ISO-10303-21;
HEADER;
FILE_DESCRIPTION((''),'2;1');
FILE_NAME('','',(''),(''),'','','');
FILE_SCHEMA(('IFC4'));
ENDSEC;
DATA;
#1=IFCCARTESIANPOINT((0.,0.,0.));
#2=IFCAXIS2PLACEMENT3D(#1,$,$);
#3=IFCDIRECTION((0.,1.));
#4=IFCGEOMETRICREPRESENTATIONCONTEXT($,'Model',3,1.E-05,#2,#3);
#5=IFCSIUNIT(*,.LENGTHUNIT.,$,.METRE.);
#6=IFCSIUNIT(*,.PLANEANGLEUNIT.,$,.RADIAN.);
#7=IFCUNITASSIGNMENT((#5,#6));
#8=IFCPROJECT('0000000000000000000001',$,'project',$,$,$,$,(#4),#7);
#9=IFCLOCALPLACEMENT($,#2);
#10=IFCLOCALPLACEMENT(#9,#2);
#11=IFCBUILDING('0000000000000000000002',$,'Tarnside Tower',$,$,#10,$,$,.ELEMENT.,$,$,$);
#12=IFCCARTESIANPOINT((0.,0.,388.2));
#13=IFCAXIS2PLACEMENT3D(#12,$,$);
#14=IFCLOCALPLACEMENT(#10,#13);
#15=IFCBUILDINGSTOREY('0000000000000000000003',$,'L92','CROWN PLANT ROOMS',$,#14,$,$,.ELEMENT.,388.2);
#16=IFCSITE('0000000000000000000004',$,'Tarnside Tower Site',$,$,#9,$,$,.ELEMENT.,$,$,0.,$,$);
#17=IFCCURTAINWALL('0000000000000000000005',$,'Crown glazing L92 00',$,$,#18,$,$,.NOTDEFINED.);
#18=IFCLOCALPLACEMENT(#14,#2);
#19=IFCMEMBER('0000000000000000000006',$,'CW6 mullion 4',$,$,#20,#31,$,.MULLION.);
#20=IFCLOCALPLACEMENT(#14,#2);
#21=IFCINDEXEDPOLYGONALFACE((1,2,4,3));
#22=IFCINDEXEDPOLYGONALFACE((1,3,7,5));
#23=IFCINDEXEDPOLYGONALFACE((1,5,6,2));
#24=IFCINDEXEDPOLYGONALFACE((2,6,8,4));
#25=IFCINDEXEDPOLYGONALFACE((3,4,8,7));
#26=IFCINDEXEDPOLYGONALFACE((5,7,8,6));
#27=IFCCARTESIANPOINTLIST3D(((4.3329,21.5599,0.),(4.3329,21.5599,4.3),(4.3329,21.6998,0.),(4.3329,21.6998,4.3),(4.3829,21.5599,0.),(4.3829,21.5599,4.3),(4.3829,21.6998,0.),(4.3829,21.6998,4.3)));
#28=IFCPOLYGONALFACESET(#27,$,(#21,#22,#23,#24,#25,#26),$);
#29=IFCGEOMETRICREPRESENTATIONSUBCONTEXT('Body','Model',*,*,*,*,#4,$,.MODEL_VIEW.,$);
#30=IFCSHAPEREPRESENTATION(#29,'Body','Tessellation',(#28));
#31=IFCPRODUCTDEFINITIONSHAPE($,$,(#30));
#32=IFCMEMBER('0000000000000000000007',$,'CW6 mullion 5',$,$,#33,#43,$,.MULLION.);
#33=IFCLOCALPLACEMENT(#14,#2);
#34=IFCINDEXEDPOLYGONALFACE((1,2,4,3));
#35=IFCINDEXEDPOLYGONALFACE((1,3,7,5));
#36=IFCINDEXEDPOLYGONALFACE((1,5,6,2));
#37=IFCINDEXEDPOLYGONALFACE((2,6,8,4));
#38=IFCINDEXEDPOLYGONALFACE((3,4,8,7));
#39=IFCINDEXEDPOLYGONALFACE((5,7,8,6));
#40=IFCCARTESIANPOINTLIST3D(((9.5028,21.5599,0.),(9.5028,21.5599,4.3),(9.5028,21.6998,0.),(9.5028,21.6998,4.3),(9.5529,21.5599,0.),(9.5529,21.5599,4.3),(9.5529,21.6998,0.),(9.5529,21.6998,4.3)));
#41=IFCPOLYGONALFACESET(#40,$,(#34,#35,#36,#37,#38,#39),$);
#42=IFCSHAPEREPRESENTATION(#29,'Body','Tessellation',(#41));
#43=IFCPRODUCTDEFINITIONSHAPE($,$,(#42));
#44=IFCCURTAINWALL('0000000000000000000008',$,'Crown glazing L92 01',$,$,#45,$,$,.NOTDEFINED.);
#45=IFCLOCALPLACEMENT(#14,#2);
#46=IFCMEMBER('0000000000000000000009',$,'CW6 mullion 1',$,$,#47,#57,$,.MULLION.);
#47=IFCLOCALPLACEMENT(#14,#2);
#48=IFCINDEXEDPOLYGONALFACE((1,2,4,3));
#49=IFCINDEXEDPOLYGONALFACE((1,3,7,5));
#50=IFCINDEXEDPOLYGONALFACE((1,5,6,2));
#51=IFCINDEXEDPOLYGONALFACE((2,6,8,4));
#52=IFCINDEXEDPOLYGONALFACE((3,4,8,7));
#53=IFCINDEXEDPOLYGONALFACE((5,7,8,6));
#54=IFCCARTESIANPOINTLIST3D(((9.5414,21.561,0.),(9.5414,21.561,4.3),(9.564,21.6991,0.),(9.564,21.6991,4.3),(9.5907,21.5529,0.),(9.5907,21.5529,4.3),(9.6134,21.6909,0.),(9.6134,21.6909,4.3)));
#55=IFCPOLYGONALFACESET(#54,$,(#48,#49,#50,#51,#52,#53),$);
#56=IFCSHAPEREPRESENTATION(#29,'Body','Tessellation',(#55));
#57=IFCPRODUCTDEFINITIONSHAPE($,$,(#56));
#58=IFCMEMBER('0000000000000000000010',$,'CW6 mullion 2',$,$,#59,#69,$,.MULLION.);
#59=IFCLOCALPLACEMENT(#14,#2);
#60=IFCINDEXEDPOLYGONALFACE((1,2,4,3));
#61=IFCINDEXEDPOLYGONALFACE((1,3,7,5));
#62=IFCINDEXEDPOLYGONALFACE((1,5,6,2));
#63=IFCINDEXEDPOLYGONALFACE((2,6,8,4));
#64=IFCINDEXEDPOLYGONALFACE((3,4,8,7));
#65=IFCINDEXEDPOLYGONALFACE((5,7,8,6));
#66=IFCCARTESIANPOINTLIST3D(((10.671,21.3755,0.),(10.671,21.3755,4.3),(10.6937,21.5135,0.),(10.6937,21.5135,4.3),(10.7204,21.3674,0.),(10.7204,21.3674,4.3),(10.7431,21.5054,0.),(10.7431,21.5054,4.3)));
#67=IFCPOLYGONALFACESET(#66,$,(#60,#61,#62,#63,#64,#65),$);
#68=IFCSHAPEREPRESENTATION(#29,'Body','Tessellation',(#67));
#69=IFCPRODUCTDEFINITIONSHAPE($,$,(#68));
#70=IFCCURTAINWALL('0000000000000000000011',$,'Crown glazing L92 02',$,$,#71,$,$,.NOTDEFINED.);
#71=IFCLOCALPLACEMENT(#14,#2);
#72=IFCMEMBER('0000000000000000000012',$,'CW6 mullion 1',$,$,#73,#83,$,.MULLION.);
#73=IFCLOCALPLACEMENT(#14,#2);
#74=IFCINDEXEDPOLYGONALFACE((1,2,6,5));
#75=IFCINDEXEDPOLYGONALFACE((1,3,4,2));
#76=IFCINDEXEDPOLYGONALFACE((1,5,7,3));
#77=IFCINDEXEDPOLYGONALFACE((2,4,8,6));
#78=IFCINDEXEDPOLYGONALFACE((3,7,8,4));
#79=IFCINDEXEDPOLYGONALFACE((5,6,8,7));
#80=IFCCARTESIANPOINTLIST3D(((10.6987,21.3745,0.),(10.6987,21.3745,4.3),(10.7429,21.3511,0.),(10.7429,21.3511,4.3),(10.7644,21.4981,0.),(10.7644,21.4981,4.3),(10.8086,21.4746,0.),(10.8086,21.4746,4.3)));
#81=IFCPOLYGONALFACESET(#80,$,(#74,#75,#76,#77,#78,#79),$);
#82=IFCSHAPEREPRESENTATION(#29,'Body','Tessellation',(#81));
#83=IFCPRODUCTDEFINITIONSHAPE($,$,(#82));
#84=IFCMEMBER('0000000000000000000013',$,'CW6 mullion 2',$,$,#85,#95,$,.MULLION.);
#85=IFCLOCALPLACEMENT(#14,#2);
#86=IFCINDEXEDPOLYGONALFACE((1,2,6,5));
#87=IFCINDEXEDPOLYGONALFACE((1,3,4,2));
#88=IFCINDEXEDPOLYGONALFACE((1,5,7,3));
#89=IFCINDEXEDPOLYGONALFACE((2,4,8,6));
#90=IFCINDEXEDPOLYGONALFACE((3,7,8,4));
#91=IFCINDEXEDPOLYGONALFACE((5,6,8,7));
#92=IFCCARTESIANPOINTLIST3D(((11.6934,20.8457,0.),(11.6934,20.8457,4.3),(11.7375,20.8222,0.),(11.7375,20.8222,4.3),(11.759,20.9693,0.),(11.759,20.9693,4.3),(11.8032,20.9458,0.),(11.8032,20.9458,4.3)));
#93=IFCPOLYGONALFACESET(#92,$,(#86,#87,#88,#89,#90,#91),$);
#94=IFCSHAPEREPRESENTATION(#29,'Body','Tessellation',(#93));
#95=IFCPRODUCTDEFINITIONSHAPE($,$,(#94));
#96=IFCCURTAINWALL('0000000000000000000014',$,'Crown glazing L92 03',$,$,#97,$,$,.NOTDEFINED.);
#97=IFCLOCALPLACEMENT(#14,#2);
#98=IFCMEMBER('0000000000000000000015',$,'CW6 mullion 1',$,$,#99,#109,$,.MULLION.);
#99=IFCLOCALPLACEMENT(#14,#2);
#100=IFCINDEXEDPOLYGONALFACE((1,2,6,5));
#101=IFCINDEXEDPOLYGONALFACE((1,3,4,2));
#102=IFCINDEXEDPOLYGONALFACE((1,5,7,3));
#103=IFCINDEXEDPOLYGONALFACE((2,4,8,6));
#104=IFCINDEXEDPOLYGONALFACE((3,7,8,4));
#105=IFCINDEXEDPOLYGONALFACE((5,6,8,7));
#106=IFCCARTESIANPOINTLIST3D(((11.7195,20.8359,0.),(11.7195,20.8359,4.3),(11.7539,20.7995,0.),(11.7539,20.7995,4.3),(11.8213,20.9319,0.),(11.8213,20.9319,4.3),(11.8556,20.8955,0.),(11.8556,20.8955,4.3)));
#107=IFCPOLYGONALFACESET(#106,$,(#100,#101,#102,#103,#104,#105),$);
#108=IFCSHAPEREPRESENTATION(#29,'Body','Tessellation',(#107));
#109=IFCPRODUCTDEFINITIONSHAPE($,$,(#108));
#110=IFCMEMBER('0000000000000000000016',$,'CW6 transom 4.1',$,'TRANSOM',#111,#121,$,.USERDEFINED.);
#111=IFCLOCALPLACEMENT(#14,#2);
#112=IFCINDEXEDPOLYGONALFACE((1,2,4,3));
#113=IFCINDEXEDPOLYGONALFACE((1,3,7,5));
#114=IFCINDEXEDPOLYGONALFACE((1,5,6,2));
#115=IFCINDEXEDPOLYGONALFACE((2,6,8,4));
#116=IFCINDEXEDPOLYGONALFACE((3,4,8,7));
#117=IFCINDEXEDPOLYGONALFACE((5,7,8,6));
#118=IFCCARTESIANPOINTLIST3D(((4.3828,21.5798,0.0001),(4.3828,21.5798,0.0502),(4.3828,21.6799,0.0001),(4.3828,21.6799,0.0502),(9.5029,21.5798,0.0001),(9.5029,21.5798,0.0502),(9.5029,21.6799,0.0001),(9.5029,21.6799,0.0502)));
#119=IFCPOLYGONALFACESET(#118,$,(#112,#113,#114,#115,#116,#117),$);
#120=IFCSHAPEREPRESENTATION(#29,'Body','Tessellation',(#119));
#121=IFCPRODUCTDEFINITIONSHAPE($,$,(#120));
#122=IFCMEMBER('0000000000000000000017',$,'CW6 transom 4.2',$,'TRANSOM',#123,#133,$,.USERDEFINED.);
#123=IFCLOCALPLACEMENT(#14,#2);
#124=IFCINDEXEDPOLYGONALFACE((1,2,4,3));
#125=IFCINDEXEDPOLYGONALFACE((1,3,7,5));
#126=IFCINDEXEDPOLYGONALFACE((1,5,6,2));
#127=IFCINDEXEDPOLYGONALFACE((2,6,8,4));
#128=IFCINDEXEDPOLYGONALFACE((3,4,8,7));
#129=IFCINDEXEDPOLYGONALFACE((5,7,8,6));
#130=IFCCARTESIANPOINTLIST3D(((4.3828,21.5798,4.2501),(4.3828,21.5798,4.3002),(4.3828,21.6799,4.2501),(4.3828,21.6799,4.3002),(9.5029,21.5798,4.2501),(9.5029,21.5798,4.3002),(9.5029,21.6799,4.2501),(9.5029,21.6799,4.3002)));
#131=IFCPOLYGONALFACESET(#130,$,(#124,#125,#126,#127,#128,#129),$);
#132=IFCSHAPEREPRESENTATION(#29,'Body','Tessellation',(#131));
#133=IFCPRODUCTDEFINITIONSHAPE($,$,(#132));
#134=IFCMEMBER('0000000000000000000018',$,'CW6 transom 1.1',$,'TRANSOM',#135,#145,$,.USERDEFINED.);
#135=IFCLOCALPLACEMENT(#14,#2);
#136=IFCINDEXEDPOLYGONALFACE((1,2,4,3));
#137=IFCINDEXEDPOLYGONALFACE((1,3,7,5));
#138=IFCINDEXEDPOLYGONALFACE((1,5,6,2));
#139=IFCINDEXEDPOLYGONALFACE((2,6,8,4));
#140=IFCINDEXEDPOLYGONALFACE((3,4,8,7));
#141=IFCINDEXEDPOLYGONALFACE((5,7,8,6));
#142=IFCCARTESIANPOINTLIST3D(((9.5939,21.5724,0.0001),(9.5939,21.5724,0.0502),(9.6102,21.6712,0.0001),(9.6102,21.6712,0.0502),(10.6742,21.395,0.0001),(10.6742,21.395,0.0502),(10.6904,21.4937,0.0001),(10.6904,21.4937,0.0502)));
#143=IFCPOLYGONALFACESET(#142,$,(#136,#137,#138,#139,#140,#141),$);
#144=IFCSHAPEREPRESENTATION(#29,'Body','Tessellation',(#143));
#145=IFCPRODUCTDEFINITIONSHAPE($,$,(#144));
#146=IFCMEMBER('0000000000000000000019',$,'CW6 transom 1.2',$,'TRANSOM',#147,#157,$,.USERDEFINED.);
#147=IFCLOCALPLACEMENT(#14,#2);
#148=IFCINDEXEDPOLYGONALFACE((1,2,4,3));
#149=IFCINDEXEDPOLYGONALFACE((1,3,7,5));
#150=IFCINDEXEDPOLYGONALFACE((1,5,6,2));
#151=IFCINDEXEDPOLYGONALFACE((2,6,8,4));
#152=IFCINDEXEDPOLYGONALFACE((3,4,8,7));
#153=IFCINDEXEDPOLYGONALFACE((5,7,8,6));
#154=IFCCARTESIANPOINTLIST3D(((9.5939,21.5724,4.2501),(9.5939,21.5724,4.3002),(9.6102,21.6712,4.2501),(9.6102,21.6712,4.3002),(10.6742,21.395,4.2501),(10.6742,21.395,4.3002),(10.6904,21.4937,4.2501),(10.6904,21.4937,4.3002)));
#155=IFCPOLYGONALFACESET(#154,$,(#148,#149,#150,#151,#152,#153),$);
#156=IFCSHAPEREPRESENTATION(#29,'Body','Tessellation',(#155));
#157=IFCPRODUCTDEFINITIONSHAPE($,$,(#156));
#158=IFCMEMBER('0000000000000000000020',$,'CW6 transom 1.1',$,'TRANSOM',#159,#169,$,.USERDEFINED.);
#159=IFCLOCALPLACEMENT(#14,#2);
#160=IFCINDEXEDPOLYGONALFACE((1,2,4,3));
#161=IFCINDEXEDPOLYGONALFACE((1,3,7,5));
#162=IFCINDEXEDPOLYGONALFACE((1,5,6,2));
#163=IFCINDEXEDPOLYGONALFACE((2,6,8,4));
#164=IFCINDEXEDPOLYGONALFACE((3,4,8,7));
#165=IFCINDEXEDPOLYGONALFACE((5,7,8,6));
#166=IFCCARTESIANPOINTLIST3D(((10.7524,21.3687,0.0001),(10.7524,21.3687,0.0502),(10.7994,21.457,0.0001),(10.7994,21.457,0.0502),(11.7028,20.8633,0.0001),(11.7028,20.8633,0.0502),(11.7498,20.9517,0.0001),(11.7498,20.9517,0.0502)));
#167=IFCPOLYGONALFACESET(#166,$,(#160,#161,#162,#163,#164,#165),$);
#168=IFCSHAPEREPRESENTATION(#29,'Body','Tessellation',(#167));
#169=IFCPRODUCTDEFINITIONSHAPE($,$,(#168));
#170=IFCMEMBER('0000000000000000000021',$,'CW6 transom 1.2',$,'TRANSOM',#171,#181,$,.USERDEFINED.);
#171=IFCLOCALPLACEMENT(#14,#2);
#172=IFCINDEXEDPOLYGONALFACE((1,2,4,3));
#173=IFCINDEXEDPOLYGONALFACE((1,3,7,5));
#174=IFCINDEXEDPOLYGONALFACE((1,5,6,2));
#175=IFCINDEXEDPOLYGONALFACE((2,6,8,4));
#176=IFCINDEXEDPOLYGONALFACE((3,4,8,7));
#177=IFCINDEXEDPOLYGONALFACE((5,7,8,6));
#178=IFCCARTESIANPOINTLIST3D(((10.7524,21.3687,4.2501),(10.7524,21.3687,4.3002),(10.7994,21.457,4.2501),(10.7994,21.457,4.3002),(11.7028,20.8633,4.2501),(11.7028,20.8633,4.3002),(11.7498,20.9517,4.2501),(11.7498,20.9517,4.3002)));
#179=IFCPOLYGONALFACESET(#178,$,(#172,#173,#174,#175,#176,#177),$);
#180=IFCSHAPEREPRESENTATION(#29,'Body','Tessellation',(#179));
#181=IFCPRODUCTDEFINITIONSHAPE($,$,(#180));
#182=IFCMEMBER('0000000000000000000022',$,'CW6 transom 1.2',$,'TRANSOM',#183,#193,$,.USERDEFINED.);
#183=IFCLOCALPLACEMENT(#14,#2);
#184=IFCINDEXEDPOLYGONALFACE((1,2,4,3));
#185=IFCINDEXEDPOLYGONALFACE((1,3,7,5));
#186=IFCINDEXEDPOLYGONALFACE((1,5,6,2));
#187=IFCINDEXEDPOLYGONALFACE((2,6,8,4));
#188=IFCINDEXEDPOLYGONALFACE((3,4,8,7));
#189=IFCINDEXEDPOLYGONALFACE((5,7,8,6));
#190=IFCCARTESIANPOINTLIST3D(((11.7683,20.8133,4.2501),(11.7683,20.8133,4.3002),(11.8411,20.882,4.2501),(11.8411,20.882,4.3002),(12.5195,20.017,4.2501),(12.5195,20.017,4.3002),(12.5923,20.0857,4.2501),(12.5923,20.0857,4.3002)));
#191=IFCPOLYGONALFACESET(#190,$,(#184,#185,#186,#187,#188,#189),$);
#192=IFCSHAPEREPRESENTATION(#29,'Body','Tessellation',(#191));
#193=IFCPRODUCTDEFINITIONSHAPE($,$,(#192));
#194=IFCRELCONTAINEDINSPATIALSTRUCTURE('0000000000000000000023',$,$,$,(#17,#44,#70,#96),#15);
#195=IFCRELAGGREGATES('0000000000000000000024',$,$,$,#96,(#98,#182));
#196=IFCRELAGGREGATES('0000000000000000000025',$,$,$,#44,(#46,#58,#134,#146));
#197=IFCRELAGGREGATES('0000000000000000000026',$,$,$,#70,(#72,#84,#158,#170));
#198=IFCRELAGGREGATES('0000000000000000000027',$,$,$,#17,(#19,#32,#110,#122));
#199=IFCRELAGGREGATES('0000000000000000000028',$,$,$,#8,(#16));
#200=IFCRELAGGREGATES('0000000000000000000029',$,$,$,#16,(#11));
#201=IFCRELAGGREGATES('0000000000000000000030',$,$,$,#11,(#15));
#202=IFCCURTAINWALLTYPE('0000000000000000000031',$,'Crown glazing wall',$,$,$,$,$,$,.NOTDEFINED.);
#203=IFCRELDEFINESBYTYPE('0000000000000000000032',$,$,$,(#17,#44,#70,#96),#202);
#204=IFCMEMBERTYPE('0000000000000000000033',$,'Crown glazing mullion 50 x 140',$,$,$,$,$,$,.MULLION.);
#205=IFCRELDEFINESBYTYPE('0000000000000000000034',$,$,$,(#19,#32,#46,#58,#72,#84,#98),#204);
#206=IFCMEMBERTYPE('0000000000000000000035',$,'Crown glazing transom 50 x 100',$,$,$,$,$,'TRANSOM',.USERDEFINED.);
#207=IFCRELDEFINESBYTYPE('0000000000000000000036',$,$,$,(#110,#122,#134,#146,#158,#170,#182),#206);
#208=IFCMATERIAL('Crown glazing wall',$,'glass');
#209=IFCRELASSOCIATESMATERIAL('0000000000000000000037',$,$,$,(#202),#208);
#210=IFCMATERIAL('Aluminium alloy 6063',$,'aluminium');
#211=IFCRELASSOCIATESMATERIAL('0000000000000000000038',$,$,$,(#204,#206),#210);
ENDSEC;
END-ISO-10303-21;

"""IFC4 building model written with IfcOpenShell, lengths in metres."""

from ifc_helpers import new_model, si_unit, direction, frame, origin, origin_2d, place, context, subcontext, project, spatial, rectangle, extrude, material, material_profile, profile_set, type_object, element, aggregate, save


model = new_model("IFC4")

# Units and contexts
model_context = context("Model", 3, precision=1e-05, world=origin(), true_north=direction((0.0, 1.0)))
body_context = subcontext(model_context, "Body", "Model", "MODEL_VIEW")
ifc_project = project(units=[si_unit("LENGTHUNIT", "METRE"), si_unit("PLANEANGLEUNIT", "RADIAN")], contexts=[model_context])

# Site, building, storey
site_placement = place(None, origin())
site = spatial("IfcSite", under=ifc_project, at=site_placement, Name="Tarnside Tower Site", CompositionType="ELEMENT", RefElevation=0.0)
building_placement = place(site_placement, origin())
building = spatial("IfcBuilding", under=site, at=building_placement, Name="Tarnside Tower", CompositionType="ELEMENT")
storey_placement = place(building_placement, frame((0.0, 0.0, 388.2)))
storey = spatial("IfcBuildingStorey", under=building, at=storey_placement, Name="L92", Description="CROWN PLANT ROOMS", CompositionType="ELEMENT", Elevation=388.2)

# Curtain walls, members
ifc_material_1 = material(Name="Crown glazing wall", Category="glass")
curtain_wall_type = type_object("IfcCurtainWallType", Name="Crown glazing wall", PredefinedType="NOTDEFINED", material=ifc_material_1)
curtain_wall_1_placement = place(storey_placement, origin())
curtain_wall_1 = element("IfcCurtainWall", 1, at=curtain_wall_1_placement, inside=storey, type_object=curtain_wall_type, Name="Crown glazing L92 00", PredefinedType="NOTDEFINED")
ifc_material_2 = material(Name="Aluminium alloy 6063", Category="aluminium")
ifc_material_profile_1 = material_profile(ifc_material_2, rectangle(XDim=0.1399, YDim=0.05, at=origin_2d()), Name="Crown glazing mullion 50 x 140")
ifc_profile_set_1 = profile_set([ifc_material_profile_1], Name="Aluminium alloy 6063")
member_type_1 = type_object("IfcMemberType", Name="Crown glazing mullion 50 x 140", PredefinedType="MULLION", material=ifc_profile_set_1)
member_1_placement = place(storey_placement, frame((4.3579, 21.6299, 0.0), z_axis=(0.0, 0.0, 1.0), x_axis=(0.0, 1.0, 0.0)))
member_1 = element("IfcMember", 2, at=member_1_placement, type_object=member_type_1, Name="CW6 mullion 4", PredefinedType="MULLION", context=body_context, shape_type="SweptSolid", body=[
    extrude(rectangle(XDim=0.1399, YDim=0.05, at=origin_2d()), origin(), (0.0, 0.0, 1.0), 4.3),
])
member_2_placement = place(storey_placement, frame((9.5278, 21.6299, 0.0), z_axis=(0.0, 0.0, 1.0), x_axis=(0.0, 1.0, 0.0)))
member_2 = element("IfcMember", 3, at=member_2_placement, type_object=member_type_1, Name="CW6 mullion 5", PredefinedType="MULLION", context=body_context, shape_type="SweptSolid", body=[
    extrude(rectangle(XDim=0.1399, YDim=0.05, at=origin_2d()), origin(), (0.0, 0.0, 1.0), 4.3),
])
curtain_wall_2_placement = place(storey_placement, origin())
curtain_wall_2 = element("IfcCurtainWall", 4, at=curtain_wall_2_placement, inside=storey, type_object=curtain_wall_type, Name="Crown glazing L92 01", PredefinedType="NOTDEFINED")
member_3_placement = place(storey_placement, frame((9.5774, 21.626, 0.0), z_axis=(0.0, 0.0, 1.0), x_axis=(0.162178, 0.986762, 0.0)))
member_3 = element("IfcMember", 5, at=member_3_placement, type_object=member_type_1, Name="CW6 mullion 1", PredefinedType="MULLION", context=body_context, shape_type="SweptSolid", body=[
    extrude(rectangle(XDim=0.1399, YDim=0.05, at=origin_2d()), origin(), (0.0, 0.0, 1.0), 4.3),
])
member_4_placement = place(storey_placement, frame((10.707, 21.4404, 0.0), z_axis=(0.0, 0.0, 1.0), x_axis=(0.162178, 0.986762, 0.0)))
member_4 = element("IfcMember", 6, at=member_4_placement, type_object=member_type_1, Name="CW6 mullion 2", PredefinedType="MULLION", context=body_context, shape_type="SweptSolid", body=[
    extrude(rectangle(XDim=0.1399, YDim=0.05, at=origin_2d()), origin(), (0.0, 0.0, 1.0), 4.3),
])
curtain_wall_3_placement = place(storey_placement, origin())
curtain_wall_3 = element("IfcCurtainWall", 7, at=curtain_wall_3_placement, inside=storey, type_object=curtain_wall_type, Name="Crown glazing L92 02", PredefinedType="NOTDEFINED")
member_5_placement = place(storey_placement, frame((10.7537, 21.4246, 0.0), z_axis=(0.0, 0.0, 1.0), x_axis=(0.469472, 0.882948, 0.0)))
member_5 = element("IfcMember", 8, at=member_5_placement, type_object=member_type_1, Name="CW6 mullion 1", PredefinedType="MULLION", context=body_context, shape_type="SweptSolid", body=[
    extrude(rectangle(XDim=0.1399, YDim=0.05, at=origin_2d()), origin(), (0.0, 0.0, 1.0), 4.3),
])
member_6_placement = place(storey_placement, frame((11.7483, 20.8958, 0.0), z_axis=(0.0, 0.0, 1.0), x_axis=(0.469472, 0.882948, 0.0)))
member_6 = element("IfcMember", 9, at=member_6_placement, type_object=member_type_1, Name="CW6 mullion 2", PredefinedType="MULLION", context=body_context, shape_type="SweptSolid", body=[
    extrude(rectangle(XDim=0.1399, YDim=0.05, at=origin_2d()), origin(), (0.0, 0.0, 1.0), 4.3),
])

# Curtain wall, member
curtain_wall_4_placement = place(storey_placement, origin())
curtain_wall_4 = element("IfcCurtainWall", 10, at=curtain_wall_4_placement, inside=storey, type_object=curtain_wall_type, Name="Crown glazing L92 03", PredefinedType="NOTDEFINED")
member_7_placement = place(storey_placement, frame((11.7876, 20.8657, 0.0), z_axis=(0.0, 0.0, 1.0), x_axis=(0.727374, 0.686242, 0.0)))
member_7 = element("IfcMember", 11, at=member_7_placement, type_object=member_type_1, Name="CW6 mullion 1", PredefinedType="MULLION", context=body_context, shape_type="SweptSolid", body=[
    extrude(rectangle(XDim=0.1399, YDim=0.05, at=origin_2d()), origin(), (0.0, 0.0, 1.0), 4.3),
])

# Members
ifc_material_profile_2 = material_profile(ifc_material_2, rectangle(XDim=0.1001, YDim=0.05, at=origin_2d()), Name="Crown glazing transom 50 x 100")
ifc_profile_set_2 = profile_set([ifc_material_profile_2], Name="Aluminium alloy 6063")
member_type_2 = type_object("IfcMemberType", Name="Crown glazing transom 50 x 100", ElementType="TRANSOM", PredefinedType="USERDEFINED", material=ifc_profile_set_2)
member_8_placement = place(storey_placement, frame((4.3828, 21.6299, 0.0251), z_axis=(1.0, 0.0, 0.0), x_axis=(0.0, 1.0, 0.0)))
member_8 = element("IfcMember", 12, at=member_8_placement, type_object=member_type_2, Name="CW6 transom 4.1", ObjectType="TRANSOM", PredefinedType="USERDEFINED", context=body_context, shape_type="SweptSolid", body=[
    extrude(rectangle(XDim=0.1001, YDim=0.05, at=origin_2d()), origin(), (0.0, 0.0, 1.0), 5.1201),
])
member_9_placement = place(storey_placement, frame((4.3828, 21.6299, 4.2751), z_axis=(1.0, 0.0, 0.0), x_axis=(0.0, 1.0, 0.0)))
member_9 = element("IfcMember", 13, at=member_9_placement, type_object=member_type_2, Name="CW6 transom 4.2", ObjectType="TRANSOM", PredefinedType="USERDEFINED", context=body_context, shape_type="SweptSolid", body=[
    extrude(rectangle(XDim=0.1001, YDim=0.05, at=origin_2d()), origin(), (0.0, 0.0, 1.0), 5.1201),
])
member_10_placement = place(storey_placement, frame((9.6021, 21.6218, 0.0251), z_axis=(0.986771, -0.16212, 0.0), x_axis=(0.16212, 0.986771, 0.0)))
member_10 = element("IfcMember", 14, at=member_10_placement, type_object=member_type_2, Name="CW6 transom 1.1", ObjectType="TRANSOM", PredefinedType="USERDEFINED", context=body_context, shape_type="SweptSolid", body=[
    extrude(rectangle(XDim=0.1001, YDim=0.05, at=origin_2d()), origin(), (0.0, 0.0, 1.0), 1.0947),
])
member_11_placement = place(storey_placement, frame((9.6021, 21.6218, 4.2751), z_axis=(0.986771, -0.16212, 0.0), x_axis=(0.16212, 0.986771, 0.0)))
member_11 = element("IfcMember", 15, at=member_11_placement, type_object=member_type_2, Name="CW6 transom 1.2", ObjectType="TRANSOM", PredefinedType="USERDEFINED", context=body_context, shape_type="SweptSolid", body=[
    extrude(rectangle(XDim=0.1001, YDim=0.05, at=origin_2d()), origin(), (0.0, 0.0, 1.0), 1.0947),
])
member_12_placement = place(storey_placement, frame((10.7759, 21.4128, 0.0251), z_axis=(0.882942, -0.469481, 0.0), x_axis=(0.469481, 0.882942, 0.0)))
member_12 = element("IfcMember", 16, at=member_12_placement, type_object=member_type_2, Name="CW6 transom 1.1", ObjectType="TRANSOM", PredefinedType="USERDEFINED", context=body_context, shape_type="SweptSolid", body=[
    extrude(rectangle(XDim=0.1001, YDim=0.05, at=origin_2d()), origin(), (0.0, 0.0, 1.0), 1.0764),
])
member_13_placement = place(storey_placement, frame((10.7759, 21.4128, 4.2751), z_axis=(0.882942, -0.469481, 0.0), x_axis=(0.469481, 0.882942, 0.0)))
member_13 = element("IfcMember", 17, at=member_13_placement, type_object=member_type_2, Name="CW6 transom 1.2", ObjectType="TRANSOM", PredefinedType="USERDEFINED", context=body_context, shape_type="SweptSolid", body=[
    extrude(rectangle(XDim=0.1001, YDim=0.05, at=origin_2d()), origin(), (0.0, 0.0, 1.0), 1.0764),
])
member_14_placement = place(storey_placement, frame((11.8047, 20.8477, 4.2751), z_axis=(0.686178, -0.727434, 0.0), x_axis=(0.727434, 0.686178, 0.0)))
member_14 = element("IfcMember", 18, at=member_14_placement, type_object=member_type_2, Name="CW6 transom 1.2", ObjectType="TRANSOM", PredefinedType="USERDEFINED", context=body_context, shape_type="SweptSolid", body=[
    extrude(rectangle(XDim=0.1001, YDim=0.05, at=origin_2d()), origin(), (0.0, 0.0, 1.0), 1.0947),
])
aggregate(curtain_wall_4, [member_7, member_14])

aggregate(curtain_wall_2, [member_3, member_4, member_10, member_11])
aggregate(curtain_wall_3, [member_5, member_6, member_12, member_13])
aggregate(curtain_wall_1, [member_1, member_2, member_8, member_9])

save(model, "model.ifc")
